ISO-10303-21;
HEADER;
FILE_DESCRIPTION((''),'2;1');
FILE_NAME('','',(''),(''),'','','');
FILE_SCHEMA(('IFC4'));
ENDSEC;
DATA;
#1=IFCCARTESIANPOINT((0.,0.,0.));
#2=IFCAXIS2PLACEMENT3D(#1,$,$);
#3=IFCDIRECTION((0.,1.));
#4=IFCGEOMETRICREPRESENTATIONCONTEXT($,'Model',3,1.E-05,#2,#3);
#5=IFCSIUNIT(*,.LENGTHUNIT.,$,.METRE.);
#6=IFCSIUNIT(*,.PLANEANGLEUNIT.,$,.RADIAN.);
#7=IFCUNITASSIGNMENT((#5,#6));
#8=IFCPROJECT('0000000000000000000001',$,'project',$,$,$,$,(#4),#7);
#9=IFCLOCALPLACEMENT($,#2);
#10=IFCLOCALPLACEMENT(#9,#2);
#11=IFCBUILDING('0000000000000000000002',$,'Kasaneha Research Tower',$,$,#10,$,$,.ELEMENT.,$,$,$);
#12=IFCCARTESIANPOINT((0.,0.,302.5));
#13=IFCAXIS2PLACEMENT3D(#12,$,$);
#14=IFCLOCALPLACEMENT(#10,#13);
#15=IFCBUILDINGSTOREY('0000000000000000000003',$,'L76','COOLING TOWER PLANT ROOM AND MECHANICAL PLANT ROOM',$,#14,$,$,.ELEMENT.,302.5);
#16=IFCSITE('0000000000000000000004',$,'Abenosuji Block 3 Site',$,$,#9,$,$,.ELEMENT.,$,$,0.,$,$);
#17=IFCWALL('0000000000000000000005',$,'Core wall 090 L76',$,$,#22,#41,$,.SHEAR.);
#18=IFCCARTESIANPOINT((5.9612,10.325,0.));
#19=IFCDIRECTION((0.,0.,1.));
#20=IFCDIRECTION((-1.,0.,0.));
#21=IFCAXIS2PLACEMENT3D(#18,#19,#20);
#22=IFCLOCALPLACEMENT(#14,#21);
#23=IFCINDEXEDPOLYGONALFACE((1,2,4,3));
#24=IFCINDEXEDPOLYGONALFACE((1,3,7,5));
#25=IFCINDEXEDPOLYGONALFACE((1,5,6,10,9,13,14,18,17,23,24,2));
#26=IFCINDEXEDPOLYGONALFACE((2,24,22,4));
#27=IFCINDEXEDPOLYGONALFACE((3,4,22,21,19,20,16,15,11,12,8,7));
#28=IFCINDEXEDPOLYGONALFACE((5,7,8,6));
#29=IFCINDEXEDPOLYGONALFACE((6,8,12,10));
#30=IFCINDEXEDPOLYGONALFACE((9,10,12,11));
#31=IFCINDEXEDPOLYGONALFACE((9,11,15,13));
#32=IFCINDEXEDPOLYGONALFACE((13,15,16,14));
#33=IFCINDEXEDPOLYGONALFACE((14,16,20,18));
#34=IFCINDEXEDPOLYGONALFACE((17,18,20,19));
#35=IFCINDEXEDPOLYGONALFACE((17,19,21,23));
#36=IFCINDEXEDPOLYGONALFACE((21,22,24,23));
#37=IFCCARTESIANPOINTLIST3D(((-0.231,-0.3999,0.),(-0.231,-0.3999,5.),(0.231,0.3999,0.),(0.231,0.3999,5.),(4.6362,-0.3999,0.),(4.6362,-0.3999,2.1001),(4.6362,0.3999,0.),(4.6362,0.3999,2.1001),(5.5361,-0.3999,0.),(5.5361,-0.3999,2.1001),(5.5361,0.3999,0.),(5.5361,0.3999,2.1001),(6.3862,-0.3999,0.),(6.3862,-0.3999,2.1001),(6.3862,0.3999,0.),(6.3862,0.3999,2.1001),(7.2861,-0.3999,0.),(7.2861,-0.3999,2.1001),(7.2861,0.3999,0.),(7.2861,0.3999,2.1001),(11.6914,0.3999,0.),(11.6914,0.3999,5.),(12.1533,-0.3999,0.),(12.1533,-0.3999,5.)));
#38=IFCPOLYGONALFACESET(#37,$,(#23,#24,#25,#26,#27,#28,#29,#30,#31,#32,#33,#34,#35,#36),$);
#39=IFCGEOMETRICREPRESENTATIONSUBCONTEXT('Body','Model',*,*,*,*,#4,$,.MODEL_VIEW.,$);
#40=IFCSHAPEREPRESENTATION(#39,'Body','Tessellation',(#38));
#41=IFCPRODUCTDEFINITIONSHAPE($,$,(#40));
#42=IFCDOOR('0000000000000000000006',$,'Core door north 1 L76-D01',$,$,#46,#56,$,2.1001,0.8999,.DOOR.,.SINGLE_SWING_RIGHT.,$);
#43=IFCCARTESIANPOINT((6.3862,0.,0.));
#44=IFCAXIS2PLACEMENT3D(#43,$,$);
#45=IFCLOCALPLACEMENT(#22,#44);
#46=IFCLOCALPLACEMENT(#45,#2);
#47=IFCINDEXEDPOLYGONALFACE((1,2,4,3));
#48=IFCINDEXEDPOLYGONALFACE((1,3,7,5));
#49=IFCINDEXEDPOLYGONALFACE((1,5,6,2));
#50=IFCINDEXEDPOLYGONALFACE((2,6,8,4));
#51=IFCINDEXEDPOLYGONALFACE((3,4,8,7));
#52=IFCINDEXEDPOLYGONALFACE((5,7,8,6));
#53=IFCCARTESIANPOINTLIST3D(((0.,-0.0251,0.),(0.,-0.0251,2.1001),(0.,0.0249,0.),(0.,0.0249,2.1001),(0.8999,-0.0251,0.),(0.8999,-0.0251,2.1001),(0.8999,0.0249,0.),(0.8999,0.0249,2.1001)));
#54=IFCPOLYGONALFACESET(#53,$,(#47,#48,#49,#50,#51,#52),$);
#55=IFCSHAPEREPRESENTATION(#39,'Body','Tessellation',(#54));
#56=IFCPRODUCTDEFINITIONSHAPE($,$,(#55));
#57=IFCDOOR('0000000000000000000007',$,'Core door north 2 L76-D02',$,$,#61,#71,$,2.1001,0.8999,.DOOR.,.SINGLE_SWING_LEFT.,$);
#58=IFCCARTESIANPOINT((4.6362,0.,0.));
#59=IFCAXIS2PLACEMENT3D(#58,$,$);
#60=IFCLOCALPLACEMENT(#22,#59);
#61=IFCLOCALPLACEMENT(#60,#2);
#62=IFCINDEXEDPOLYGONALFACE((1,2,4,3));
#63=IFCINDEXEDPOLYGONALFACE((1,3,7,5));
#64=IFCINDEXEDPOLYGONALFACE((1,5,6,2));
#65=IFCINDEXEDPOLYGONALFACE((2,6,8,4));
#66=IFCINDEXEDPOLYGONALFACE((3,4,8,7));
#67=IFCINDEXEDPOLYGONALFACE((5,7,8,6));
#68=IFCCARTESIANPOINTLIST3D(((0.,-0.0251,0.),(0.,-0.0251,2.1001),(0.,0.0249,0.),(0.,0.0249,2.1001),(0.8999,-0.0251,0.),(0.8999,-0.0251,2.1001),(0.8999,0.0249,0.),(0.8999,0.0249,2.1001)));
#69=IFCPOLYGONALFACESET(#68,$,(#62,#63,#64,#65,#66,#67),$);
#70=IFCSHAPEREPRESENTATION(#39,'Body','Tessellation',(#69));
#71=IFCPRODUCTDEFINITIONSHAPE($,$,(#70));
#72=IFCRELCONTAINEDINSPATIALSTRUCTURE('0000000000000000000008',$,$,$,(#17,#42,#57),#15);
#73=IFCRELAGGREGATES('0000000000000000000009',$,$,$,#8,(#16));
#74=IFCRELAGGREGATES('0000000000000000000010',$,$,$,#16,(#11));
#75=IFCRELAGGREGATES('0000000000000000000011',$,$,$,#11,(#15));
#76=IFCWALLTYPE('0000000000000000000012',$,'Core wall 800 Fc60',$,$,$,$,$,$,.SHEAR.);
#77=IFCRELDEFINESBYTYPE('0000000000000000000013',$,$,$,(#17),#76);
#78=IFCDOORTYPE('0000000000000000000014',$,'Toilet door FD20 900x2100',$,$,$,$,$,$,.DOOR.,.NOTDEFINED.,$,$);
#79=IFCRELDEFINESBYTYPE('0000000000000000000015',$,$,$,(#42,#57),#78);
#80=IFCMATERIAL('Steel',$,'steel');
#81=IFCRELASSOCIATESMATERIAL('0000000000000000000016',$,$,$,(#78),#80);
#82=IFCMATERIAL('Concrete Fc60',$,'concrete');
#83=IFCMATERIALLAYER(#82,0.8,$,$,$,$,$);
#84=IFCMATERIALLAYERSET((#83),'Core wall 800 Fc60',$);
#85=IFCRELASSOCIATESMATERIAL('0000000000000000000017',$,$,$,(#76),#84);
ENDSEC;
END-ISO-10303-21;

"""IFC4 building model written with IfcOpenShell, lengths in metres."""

from ifc_helpers import new_model, si_unit, direction, frame, frame_2d, origin, place, context, subcontext, project, spatial, polyline, rectangle, outline, extrude, material, layer, layer_set, type_object, element, fill, save


model = new_model("IFC4")

# Units and contexts
model_context = context("Model", 3, precision=1e-05, world=origin(), true_north=direction((0.0, 1.0)))
body_context = subcontext(model_context, "Body", "Model", "MODEL_VIEW")
ifc_project = project(units=[si_unit("LENGTHUNIT", "METRE"), si_unit("PLANEANGLEUNIT", "RADIAN")], contexts=[model_context])

# Site, building, storey
site_placement = place(None, origin())
site = spatial("IfcSite", under=ifc_project, at=site_placement, Name="Abenosuji Block 3 Site", CompositionType="ELEMENT", RefElevation=0.0)
building_placement = place(site_placement, origin())
building = spatial("IfcBuilding", under=site, at=building_placement, Name="Kasaneha Research Tower", CompositionType="ELEMENT")
storey_placement = place(building_placement, frame((0.0, 0.0, 302.5)))
storey = spatial("IfcBuildingStorey", under=building, at=storey_placement, Name="L76", Description="COOLING TOWER PLANT ROOM AND MECHANICAL PLANT ROOM", CompositionType="ELEMENT", Elevation=302.5)

# Shared definitions
ifc_material_1 = material(Name="Steel", Category="steel")
door_type_1 = type_object("IfcDoorType", Name="Toilet door FD20 900x2100", OperationType="NOTDEFINED", PredefinedType="DOOR", material=ifc_material_1)

# Wall, openings, doors
ifc_material_2 = material(Name="Concrete Fc60", Category="concrete")
ifc_layer_1 = layer(ifc_material_2, 0.8)
ifc_layer_set_1 = layer_set([ifc_layer_1], Name="Core wall 800 Fc60")
wall_type_1 = type_object("IfcWallType", Name="Core wall 800 Fc60", PredefinedType="SHEAR", material=ifc_layer_set_1)
wall_1_placement = place(storey_placement, frame((5.9612, 10.325, 0.0), z_axis=(0.0, 0.0, 1.0), x_axis=(-1.0, 0.0, 0.0)))
wall_1 = element("IfcWall", 1, at=wall_1_placement, inside=storey, type_object=wall_type_1, Name="Core wall 090 L76", PredefinedType="SHEAR", context=body_context, shape_type="SweptSolid", body=[
    extrude(outline(polyline([(-0.231, -0.3999), (4.6362, -0.3999), (5.5361, -0.3999), (6.3862, -0.3999), (7.2861, -0.3999), (12.1533, -0.3999), (11.6914, 0.3999), (7.2861, 0.3999), (6.3862, 0.3999), (5.5361, 0.3999), (4.6362, 0.3999), (0.231, 0.3999), (-0.231, -0.3999)])), origin(), (0.0, 0.0, 1.0), 5.0),
])
opening_1_placement = place(wall_1_placement, frame((6.3862, 0.0, 0.0)))
opening_1 = element("IfcOpeningElement", 2, at=opening_1_placement, cuts=wall_1, PredefinedType="OPENING", context=body_context, shape_type="SweptSolid", body=[
    extrude(rectangle(XDim=0.8999, YDim=2.1001, at=frame_2d((0.45, 1.05))), frame((0.0, 0.4102, 0.0), z_axis=(0.0, -1.0, 0.0), x_axis=(1.0, 0.0, 0.0)), (0.0, 0.0, 1.0), 0.8201),
])
opening_2_placement = place(wall_1_placement, frame((4.6362, 0.0, 0.0)))
opening_2 = element("IfcOpeningElement", 3, at=opening_2_placement, cuts=wall_1, PredefinedType="OPENING", context=body_context, shape_type="SweptSolid", body=[
    extrude(rectangle(XDim=0.8999, YDim=2.1001, at=frame_2d((0.45, 1.05))), frame((0.0, 0.4102, 0.0), z_axis=(0.0, -1.0, 0.0), x_axis=(1.0, 0.0, 0.0)), (0.0, 0.0, 1.0), 0.8201),
])
door_1_placement = place(opening_1_placement, origin())
door_1 = element("IfcDoor", 4, at=door_1_placement, inside=storey, type_object=door_type_1, Name="Core door north 1 L76-D01", OperationType="SINGLE_SWING_RIGHT", OverallHeight=2.1001, OverallWidth=0.8999, PredefinedType="DOOR", context=body_context, shape_type="SweptSolid", body=[
    extrude(rectangle(XDim=0.8999, YDim=2.1001, at=frame_2d((0.45, 1.05))), frame((0.0, 0.0249, 0.0), z_axis=(0.0, -1.0, 0.0), x_axis=(1.0, 0.0, 0.0)), (0.0, 0.0, 1.0), 0.05),
])
fill(opening_1, door_1)
door_2_placement = place(opening_2_placement, origin())
door_2 = element("IfcDoor", 5, at=door_2_placement, inside=storey, type_object=door_type_1, Name="Core door north 2 L76-D02", OperationType="SINGLE_SWING_LEFT", OverallHeight=2.1001, OverallWidth=0.8999, PredefinedType="DOOR", context=body_context, shape_type="SweptSolid", body=[
    extrude(rectangle(XDim=0.8999, YDim=2.1001, at=frame_2d((0.45, 1.05))), frame((0.0, 0.0249, 0.0), z_axis=(0.0, -1.0, 0.0), x_axis=(1.0, 0.0, 0.0)), (0.0, 0.0, 1.0), 0.05),
])
fill(opening_2, door_2)

save(model, "model.ifc")
